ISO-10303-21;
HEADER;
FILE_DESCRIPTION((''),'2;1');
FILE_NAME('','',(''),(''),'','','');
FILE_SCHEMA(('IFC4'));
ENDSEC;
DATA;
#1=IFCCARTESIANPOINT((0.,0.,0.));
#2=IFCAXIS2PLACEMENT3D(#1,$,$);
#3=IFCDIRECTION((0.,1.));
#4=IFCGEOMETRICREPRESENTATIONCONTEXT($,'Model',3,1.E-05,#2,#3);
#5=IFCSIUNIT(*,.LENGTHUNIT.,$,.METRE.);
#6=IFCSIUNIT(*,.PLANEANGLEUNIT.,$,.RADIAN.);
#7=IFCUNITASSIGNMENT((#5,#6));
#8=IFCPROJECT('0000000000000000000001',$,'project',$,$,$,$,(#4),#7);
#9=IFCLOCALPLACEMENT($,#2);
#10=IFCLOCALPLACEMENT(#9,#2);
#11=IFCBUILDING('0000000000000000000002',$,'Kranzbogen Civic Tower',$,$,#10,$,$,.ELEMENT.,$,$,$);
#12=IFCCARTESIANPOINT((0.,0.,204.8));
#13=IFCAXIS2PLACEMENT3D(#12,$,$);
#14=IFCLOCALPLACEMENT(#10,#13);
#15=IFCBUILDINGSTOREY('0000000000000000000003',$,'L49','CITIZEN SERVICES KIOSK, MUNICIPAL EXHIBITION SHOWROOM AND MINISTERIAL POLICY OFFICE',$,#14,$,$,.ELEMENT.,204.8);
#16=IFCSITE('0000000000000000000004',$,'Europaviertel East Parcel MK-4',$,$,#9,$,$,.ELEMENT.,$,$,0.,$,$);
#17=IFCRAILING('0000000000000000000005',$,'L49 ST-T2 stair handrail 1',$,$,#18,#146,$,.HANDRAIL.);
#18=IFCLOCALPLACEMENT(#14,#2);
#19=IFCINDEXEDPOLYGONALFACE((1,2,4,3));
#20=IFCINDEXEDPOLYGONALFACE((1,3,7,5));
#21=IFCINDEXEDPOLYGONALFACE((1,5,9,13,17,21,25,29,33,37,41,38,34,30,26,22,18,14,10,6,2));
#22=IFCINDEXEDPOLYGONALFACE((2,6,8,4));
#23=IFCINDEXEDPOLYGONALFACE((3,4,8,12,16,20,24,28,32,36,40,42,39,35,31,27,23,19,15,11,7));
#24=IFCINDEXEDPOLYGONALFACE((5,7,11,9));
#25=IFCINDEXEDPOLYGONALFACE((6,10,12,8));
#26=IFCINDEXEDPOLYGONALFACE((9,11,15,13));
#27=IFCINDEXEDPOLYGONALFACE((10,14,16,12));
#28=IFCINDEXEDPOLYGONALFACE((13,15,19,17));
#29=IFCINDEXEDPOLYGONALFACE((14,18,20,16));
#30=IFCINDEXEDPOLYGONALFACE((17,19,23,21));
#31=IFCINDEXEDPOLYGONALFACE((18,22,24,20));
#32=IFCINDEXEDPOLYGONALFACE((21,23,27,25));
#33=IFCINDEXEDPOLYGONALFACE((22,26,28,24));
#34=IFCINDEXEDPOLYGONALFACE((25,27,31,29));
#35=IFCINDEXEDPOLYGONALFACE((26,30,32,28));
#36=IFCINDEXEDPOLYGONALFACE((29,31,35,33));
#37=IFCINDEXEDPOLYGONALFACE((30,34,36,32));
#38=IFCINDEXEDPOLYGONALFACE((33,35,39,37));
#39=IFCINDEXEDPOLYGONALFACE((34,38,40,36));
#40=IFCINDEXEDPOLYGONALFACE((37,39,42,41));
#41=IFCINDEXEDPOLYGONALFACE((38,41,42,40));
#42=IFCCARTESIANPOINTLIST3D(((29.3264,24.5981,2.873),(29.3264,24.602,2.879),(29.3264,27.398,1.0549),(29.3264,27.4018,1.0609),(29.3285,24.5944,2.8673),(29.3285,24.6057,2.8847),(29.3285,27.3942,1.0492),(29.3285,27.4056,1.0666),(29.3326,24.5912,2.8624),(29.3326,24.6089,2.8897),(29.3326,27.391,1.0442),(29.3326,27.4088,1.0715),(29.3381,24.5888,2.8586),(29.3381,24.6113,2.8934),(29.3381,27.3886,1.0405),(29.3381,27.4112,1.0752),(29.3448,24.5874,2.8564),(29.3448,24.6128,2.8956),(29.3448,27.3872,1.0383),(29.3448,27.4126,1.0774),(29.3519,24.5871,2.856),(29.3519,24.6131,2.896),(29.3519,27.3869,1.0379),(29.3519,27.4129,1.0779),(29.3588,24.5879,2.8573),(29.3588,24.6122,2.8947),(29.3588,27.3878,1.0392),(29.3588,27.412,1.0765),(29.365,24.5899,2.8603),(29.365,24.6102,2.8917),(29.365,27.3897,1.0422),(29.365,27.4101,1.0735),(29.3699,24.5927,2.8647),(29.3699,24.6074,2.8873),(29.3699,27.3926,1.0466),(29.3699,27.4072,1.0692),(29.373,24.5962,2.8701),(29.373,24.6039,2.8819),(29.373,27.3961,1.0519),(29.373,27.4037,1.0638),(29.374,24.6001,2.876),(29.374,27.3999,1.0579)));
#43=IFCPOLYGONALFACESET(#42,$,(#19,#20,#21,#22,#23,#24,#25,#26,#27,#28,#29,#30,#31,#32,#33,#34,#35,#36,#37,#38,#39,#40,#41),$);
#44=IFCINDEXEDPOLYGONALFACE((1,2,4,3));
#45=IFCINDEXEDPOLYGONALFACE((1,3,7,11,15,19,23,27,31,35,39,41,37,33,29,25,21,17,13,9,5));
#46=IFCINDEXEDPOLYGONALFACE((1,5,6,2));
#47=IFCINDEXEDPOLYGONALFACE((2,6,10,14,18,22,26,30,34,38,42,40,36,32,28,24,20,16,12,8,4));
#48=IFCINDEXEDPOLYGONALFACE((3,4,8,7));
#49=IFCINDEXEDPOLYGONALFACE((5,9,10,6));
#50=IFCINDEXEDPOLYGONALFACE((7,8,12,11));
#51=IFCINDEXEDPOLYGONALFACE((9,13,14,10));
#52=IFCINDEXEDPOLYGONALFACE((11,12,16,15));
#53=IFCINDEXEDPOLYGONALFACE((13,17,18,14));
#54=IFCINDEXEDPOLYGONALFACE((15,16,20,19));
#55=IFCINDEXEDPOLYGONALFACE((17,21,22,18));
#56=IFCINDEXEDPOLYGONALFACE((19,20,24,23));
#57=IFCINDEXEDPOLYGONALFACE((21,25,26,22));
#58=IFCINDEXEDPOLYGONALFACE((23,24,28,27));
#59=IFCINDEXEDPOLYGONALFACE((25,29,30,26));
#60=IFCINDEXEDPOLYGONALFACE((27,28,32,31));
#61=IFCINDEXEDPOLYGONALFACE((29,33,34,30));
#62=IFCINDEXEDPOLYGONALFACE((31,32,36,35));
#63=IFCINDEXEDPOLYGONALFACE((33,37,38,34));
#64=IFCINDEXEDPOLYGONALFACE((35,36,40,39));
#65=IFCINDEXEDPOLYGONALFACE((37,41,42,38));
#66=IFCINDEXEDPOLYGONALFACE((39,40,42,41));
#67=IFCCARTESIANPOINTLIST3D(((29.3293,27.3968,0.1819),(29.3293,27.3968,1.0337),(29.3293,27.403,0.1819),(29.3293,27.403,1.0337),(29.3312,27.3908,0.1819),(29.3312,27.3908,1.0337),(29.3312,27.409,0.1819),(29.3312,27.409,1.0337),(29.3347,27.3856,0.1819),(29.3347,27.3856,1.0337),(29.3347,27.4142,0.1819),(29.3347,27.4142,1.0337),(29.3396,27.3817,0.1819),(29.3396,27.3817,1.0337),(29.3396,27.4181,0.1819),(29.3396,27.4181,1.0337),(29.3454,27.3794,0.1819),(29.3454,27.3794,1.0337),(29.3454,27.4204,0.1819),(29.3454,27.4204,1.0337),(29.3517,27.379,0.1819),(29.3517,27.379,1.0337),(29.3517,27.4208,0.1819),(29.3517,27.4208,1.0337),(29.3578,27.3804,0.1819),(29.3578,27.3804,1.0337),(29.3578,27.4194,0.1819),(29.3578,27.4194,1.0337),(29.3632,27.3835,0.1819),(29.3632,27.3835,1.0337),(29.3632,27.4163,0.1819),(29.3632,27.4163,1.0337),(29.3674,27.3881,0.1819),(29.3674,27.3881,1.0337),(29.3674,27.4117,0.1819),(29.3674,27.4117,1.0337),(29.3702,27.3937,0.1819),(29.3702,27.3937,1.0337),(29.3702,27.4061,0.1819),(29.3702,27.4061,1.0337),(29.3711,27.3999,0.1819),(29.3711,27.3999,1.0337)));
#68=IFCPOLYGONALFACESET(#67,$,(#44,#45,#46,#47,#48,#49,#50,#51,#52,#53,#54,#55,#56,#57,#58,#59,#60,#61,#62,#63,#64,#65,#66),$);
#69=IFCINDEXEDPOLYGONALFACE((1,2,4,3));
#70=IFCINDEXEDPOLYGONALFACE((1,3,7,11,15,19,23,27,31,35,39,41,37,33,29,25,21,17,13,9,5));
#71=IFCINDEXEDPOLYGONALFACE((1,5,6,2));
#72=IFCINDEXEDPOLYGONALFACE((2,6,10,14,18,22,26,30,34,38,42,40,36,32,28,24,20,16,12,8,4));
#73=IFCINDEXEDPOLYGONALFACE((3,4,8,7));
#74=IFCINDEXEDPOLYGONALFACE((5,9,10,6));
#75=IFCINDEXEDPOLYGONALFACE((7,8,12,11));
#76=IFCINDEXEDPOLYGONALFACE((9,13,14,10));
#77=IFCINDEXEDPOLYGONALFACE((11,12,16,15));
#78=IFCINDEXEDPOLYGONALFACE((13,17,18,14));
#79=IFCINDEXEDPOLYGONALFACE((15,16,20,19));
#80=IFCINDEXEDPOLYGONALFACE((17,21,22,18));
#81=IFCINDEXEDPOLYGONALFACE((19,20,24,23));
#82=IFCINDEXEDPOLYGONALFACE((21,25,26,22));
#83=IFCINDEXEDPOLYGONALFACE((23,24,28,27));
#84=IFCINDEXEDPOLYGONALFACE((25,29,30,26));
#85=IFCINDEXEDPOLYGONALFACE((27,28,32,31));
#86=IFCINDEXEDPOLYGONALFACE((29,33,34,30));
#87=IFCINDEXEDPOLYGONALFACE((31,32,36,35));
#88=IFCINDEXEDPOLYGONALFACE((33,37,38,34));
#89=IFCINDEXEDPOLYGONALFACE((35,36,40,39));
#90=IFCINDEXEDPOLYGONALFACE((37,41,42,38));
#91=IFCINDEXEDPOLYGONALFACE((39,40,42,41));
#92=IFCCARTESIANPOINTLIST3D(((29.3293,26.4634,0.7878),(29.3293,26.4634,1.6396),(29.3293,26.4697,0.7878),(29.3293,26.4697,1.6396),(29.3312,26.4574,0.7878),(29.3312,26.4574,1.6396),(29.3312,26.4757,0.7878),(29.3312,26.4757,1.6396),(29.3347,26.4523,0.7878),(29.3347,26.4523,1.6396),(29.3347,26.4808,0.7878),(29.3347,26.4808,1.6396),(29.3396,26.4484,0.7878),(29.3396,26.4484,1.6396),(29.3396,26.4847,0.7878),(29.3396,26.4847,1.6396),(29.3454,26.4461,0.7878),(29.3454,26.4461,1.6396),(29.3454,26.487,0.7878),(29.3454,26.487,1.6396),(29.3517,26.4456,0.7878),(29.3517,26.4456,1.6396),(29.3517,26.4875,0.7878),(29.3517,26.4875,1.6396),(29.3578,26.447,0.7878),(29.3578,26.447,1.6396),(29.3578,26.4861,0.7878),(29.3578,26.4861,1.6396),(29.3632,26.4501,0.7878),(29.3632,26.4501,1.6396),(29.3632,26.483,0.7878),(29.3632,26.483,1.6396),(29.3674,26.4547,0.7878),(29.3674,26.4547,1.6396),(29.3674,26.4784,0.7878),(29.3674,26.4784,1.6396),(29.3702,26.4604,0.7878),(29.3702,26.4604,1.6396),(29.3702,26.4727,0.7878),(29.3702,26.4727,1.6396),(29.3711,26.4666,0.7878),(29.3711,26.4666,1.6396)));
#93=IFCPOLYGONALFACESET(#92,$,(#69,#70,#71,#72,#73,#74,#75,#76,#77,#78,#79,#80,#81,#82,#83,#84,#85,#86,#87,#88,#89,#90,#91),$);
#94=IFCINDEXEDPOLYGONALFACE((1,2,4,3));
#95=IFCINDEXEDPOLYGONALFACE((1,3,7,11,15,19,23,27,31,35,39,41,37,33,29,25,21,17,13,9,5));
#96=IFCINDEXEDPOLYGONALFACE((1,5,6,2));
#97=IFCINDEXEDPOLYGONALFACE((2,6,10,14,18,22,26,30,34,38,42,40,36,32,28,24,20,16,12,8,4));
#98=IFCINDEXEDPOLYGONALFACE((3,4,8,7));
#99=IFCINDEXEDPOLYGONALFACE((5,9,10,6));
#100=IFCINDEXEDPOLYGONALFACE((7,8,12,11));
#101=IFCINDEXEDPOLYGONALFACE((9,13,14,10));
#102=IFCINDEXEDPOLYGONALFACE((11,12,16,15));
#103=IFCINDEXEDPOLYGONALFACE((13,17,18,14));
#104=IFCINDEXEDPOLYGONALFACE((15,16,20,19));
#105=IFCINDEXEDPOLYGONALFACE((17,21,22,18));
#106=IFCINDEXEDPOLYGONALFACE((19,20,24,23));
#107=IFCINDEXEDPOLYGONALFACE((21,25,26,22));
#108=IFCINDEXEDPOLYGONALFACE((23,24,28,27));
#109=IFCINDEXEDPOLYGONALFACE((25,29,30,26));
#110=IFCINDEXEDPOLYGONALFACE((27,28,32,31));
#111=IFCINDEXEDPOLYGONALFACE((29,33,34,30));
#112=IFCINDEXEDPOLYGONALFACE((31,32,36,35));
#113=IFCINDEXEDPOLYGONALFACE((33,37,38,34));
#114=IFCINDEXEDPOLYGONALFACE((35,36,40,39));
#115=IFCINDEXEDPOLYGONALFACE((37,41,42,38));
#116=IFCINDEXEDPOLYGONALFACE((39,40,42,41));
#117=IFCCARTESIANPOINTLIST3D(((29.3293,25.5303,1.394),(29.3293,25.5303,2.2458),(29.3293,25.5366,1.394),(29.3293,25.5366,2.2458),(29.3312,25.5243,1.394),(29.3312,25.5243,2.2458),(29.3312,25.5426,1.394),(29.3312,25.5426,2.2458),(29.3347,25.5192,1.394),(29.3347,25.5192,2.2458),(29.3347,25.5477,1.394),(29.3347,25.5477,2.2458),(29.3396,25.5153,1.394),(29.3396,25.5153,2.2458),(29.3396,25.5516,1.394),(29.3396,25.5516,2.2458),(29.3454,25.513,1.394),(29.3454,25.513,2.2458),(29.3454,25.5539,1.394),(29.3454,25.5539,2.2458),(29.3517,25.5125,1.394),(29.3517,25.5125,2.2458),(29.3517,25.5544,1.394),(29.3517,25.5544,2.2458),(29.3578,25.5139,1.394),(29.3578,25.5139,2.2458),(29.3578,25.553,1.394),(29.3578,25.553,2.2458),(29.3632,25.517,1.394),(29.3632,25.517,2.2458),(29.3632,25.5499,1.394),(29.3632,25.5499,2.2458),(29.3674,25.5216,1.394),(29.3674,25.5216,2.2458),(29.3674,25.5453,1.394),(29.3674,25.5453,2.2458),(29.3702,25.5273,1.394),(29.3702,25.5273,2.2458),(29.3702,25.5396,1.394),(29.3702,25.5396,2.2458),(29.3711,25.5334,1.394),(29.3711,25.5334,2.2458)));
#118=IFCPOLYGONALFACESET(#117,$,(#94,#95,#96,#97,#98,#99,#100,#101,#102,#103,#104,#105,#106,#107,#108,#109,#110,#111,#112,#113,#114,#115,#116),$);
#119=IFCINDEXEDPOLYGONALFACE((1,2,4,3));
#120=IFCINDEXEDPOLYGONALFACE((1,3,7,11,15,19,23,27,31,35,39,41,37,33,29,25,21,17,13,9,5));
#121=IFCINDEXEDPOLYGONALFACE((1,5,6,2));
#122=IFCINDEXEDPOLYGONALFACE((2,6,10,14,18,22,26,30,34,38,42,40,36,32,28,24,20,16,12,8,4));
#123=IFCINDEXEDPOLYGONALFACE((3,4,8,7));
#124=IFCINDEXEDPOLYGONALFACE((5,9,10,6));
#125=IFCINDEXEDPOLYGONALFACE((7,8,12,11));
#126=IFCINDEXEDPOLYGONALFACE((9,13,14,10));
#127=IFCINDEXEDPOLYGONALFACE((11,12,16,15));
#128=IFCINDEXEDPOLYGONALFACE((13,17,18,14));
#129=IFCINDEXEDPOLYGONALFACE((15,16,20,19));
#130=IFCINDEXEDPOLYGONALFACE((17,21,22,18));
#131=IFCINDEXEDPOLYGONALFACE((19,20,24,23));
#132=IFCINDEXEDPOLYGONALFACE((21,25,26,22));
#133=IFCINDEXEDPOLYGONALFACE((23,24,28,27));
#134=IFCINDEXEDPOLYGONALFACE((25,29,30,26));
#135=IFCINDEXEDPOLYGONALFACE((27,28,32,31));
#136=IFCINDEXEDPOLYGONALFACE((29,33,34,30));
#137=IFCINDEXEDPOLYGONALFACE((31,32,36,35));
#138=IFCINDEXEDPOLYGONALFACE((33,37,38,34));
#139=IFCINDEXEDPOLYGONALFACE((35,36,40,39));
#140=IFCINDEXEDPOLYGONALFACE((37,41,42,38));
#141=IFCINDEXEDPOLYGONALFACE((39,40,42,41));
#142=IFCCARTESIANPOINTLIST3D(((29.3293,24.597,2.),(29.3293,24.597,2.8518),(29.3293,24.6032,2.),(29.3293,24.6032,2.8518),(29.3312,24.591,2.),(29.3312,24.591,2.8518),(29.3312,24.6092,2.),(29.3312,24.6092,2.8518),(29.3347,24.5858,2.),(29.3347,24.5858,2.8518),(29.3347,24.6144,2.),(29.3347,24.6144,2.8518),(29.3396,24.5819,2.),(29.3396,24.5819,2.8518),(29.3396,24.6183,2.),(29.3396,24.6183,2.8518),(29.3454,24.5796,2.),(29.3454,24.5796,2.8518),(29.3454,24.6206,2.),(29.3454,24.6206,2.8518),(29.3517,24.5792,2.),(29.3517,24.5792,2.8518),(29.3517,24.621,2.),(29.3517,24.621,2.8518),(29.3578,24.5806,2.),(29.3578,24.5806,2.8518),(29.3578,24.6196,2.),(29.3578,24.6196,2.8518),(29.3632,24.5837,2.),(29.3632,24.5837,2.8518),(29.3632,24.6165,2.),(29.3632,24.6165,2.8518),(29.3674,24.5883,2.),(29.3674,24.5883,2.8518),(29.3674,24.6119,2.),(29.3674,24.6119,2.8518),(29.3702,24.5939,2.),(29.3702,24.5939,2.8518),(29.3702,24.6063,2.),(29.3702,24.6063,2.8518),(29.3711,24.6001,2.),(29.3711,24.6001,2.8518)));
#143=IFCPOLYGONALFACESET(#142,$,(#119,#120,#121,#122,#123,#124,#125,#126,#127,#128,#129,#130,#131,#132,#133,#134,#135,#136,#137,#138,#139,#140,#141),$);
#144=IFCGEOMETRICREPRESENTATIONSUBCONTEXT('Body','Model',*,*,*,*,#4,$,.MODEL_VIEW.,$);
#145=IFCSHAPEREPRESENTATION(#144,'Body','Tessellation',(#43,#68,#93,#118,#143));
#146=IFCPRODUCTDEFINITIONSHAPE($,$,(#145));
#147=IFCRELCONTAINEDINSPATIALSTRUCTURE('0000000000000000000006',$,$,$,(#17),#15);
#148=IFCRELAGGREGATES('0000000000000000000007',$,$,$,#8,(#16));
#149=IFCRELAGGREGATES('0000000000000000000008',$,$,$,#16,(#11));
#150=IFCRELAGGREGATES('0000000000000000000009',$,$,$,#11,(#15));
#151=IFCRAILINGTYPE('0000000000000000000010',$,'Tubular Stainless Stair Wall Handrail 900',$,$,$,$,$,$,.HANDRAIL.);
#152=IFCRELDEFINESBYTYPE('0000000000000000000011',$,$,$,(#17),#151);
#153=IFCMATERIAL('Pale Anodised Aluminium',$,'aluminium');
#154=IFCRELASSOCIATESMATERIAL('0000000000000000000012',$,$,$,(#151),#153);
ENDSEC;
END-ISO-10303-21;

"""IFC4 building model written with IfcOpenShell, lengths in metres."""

from ifc_helpers import new_model, si_unit, direction, frame, origin, origin_2d, place, context, subcontext, project, spatial, circle, extrude, material, type_object, element, save


model = new_model("IFC4")

# Units and contexts
model_context = context("Model", 3, precision=1e-05, world=origin(), true_north=direction((0.0, 1.0)))
body_context = subcontext(model_context, "Body", "Model", "MODEL_VIEW")
ifc_project = project(units=[si_unit("LENGTHUNIT", "METRE"), si_unit("PLANEANGLEUNIT", "RADIAN")], contexts=[model_context])

# Site, building, storey
site_placement = place(None, origin())
site = spatial("IfcSite", under=ifc_project, at=site_placement, Name="Europaviertel East Parcel MK-4", CompositionType="ELEMENT", RefElevation=0.0)
building_placement = place(site_placement, origin())
building = spatial("IfcBuilding", under=site, at=building_placement, Name="Kranzbogen Civic Tower", CompositionType="ELEMENT")
storey_placement = place(building_placement, frame((0.0, 0.0, 204.8)))
storey = spatial("IfcBuildingStorey", under=building, at=storey_placement, Name="L49", Description="CITIZEN SERVICES KIOSK, MUNICIPAL EXHIBITION SHOWROOM AND MINISTERIAL POLICY OFFICE", CompositionType="ELEMENT", Elevation=204.8)

# Shared definitions
ifc_material_1 = material(Name="Pale Anodised Aluminium", Category="aluminium")

# Railing
railing_type_1 = type_object("IfcRailingType", Name="Tubular Stainless Stair Wall Handrail 900", PredefinedType="HANDRAIL", material=ifc_material_1)
railing_1_placement = place(storey_placement, frame((29.3501, 27.3999, 0.1819)))
element("IfcRailing", 1, at=railing_1_placement, inside=storey, type_object=railing_type_1, Name="L49 ST-T2 stair handrail 1", PredefinedType="HANDRAIL", context=body_context, shape_type="SweptSolid", body=[
    extrude(circle(Radius=0.0239, at=origin_2d()), frame((0.0, 0.0, 0.876), z_axis=(0.0, -0.838684, 0.544618), x_axis=(1.0, 0.0, 0.0)), (0.0, 0.0, 1.0), 3.3384),
    extrude(circle(Radius=0.021, at=origin_2d()), origin(), (0.0, 0.0, 1.0), 0.8518),
    extrude(circle(Radius=0.021, at=origin_2d()), frame((0.0, -0.9333, 0.606)), (0.0, 0.0, 1.0), 0.8518),
    extrude(circle(Radius=0.021, at=origin_2d()), frame((0.0, -1.8665, 1.2122)), (0.0, 0.0, 1.0), 0.8518),
    extrude(circle(Radius=0.021, at=origin_2d()), frame((0.0, -2.7998, 1.8181)), (0.0, 0.0, 1.0), 0.8518),
])

save(model, "model.ifc")
